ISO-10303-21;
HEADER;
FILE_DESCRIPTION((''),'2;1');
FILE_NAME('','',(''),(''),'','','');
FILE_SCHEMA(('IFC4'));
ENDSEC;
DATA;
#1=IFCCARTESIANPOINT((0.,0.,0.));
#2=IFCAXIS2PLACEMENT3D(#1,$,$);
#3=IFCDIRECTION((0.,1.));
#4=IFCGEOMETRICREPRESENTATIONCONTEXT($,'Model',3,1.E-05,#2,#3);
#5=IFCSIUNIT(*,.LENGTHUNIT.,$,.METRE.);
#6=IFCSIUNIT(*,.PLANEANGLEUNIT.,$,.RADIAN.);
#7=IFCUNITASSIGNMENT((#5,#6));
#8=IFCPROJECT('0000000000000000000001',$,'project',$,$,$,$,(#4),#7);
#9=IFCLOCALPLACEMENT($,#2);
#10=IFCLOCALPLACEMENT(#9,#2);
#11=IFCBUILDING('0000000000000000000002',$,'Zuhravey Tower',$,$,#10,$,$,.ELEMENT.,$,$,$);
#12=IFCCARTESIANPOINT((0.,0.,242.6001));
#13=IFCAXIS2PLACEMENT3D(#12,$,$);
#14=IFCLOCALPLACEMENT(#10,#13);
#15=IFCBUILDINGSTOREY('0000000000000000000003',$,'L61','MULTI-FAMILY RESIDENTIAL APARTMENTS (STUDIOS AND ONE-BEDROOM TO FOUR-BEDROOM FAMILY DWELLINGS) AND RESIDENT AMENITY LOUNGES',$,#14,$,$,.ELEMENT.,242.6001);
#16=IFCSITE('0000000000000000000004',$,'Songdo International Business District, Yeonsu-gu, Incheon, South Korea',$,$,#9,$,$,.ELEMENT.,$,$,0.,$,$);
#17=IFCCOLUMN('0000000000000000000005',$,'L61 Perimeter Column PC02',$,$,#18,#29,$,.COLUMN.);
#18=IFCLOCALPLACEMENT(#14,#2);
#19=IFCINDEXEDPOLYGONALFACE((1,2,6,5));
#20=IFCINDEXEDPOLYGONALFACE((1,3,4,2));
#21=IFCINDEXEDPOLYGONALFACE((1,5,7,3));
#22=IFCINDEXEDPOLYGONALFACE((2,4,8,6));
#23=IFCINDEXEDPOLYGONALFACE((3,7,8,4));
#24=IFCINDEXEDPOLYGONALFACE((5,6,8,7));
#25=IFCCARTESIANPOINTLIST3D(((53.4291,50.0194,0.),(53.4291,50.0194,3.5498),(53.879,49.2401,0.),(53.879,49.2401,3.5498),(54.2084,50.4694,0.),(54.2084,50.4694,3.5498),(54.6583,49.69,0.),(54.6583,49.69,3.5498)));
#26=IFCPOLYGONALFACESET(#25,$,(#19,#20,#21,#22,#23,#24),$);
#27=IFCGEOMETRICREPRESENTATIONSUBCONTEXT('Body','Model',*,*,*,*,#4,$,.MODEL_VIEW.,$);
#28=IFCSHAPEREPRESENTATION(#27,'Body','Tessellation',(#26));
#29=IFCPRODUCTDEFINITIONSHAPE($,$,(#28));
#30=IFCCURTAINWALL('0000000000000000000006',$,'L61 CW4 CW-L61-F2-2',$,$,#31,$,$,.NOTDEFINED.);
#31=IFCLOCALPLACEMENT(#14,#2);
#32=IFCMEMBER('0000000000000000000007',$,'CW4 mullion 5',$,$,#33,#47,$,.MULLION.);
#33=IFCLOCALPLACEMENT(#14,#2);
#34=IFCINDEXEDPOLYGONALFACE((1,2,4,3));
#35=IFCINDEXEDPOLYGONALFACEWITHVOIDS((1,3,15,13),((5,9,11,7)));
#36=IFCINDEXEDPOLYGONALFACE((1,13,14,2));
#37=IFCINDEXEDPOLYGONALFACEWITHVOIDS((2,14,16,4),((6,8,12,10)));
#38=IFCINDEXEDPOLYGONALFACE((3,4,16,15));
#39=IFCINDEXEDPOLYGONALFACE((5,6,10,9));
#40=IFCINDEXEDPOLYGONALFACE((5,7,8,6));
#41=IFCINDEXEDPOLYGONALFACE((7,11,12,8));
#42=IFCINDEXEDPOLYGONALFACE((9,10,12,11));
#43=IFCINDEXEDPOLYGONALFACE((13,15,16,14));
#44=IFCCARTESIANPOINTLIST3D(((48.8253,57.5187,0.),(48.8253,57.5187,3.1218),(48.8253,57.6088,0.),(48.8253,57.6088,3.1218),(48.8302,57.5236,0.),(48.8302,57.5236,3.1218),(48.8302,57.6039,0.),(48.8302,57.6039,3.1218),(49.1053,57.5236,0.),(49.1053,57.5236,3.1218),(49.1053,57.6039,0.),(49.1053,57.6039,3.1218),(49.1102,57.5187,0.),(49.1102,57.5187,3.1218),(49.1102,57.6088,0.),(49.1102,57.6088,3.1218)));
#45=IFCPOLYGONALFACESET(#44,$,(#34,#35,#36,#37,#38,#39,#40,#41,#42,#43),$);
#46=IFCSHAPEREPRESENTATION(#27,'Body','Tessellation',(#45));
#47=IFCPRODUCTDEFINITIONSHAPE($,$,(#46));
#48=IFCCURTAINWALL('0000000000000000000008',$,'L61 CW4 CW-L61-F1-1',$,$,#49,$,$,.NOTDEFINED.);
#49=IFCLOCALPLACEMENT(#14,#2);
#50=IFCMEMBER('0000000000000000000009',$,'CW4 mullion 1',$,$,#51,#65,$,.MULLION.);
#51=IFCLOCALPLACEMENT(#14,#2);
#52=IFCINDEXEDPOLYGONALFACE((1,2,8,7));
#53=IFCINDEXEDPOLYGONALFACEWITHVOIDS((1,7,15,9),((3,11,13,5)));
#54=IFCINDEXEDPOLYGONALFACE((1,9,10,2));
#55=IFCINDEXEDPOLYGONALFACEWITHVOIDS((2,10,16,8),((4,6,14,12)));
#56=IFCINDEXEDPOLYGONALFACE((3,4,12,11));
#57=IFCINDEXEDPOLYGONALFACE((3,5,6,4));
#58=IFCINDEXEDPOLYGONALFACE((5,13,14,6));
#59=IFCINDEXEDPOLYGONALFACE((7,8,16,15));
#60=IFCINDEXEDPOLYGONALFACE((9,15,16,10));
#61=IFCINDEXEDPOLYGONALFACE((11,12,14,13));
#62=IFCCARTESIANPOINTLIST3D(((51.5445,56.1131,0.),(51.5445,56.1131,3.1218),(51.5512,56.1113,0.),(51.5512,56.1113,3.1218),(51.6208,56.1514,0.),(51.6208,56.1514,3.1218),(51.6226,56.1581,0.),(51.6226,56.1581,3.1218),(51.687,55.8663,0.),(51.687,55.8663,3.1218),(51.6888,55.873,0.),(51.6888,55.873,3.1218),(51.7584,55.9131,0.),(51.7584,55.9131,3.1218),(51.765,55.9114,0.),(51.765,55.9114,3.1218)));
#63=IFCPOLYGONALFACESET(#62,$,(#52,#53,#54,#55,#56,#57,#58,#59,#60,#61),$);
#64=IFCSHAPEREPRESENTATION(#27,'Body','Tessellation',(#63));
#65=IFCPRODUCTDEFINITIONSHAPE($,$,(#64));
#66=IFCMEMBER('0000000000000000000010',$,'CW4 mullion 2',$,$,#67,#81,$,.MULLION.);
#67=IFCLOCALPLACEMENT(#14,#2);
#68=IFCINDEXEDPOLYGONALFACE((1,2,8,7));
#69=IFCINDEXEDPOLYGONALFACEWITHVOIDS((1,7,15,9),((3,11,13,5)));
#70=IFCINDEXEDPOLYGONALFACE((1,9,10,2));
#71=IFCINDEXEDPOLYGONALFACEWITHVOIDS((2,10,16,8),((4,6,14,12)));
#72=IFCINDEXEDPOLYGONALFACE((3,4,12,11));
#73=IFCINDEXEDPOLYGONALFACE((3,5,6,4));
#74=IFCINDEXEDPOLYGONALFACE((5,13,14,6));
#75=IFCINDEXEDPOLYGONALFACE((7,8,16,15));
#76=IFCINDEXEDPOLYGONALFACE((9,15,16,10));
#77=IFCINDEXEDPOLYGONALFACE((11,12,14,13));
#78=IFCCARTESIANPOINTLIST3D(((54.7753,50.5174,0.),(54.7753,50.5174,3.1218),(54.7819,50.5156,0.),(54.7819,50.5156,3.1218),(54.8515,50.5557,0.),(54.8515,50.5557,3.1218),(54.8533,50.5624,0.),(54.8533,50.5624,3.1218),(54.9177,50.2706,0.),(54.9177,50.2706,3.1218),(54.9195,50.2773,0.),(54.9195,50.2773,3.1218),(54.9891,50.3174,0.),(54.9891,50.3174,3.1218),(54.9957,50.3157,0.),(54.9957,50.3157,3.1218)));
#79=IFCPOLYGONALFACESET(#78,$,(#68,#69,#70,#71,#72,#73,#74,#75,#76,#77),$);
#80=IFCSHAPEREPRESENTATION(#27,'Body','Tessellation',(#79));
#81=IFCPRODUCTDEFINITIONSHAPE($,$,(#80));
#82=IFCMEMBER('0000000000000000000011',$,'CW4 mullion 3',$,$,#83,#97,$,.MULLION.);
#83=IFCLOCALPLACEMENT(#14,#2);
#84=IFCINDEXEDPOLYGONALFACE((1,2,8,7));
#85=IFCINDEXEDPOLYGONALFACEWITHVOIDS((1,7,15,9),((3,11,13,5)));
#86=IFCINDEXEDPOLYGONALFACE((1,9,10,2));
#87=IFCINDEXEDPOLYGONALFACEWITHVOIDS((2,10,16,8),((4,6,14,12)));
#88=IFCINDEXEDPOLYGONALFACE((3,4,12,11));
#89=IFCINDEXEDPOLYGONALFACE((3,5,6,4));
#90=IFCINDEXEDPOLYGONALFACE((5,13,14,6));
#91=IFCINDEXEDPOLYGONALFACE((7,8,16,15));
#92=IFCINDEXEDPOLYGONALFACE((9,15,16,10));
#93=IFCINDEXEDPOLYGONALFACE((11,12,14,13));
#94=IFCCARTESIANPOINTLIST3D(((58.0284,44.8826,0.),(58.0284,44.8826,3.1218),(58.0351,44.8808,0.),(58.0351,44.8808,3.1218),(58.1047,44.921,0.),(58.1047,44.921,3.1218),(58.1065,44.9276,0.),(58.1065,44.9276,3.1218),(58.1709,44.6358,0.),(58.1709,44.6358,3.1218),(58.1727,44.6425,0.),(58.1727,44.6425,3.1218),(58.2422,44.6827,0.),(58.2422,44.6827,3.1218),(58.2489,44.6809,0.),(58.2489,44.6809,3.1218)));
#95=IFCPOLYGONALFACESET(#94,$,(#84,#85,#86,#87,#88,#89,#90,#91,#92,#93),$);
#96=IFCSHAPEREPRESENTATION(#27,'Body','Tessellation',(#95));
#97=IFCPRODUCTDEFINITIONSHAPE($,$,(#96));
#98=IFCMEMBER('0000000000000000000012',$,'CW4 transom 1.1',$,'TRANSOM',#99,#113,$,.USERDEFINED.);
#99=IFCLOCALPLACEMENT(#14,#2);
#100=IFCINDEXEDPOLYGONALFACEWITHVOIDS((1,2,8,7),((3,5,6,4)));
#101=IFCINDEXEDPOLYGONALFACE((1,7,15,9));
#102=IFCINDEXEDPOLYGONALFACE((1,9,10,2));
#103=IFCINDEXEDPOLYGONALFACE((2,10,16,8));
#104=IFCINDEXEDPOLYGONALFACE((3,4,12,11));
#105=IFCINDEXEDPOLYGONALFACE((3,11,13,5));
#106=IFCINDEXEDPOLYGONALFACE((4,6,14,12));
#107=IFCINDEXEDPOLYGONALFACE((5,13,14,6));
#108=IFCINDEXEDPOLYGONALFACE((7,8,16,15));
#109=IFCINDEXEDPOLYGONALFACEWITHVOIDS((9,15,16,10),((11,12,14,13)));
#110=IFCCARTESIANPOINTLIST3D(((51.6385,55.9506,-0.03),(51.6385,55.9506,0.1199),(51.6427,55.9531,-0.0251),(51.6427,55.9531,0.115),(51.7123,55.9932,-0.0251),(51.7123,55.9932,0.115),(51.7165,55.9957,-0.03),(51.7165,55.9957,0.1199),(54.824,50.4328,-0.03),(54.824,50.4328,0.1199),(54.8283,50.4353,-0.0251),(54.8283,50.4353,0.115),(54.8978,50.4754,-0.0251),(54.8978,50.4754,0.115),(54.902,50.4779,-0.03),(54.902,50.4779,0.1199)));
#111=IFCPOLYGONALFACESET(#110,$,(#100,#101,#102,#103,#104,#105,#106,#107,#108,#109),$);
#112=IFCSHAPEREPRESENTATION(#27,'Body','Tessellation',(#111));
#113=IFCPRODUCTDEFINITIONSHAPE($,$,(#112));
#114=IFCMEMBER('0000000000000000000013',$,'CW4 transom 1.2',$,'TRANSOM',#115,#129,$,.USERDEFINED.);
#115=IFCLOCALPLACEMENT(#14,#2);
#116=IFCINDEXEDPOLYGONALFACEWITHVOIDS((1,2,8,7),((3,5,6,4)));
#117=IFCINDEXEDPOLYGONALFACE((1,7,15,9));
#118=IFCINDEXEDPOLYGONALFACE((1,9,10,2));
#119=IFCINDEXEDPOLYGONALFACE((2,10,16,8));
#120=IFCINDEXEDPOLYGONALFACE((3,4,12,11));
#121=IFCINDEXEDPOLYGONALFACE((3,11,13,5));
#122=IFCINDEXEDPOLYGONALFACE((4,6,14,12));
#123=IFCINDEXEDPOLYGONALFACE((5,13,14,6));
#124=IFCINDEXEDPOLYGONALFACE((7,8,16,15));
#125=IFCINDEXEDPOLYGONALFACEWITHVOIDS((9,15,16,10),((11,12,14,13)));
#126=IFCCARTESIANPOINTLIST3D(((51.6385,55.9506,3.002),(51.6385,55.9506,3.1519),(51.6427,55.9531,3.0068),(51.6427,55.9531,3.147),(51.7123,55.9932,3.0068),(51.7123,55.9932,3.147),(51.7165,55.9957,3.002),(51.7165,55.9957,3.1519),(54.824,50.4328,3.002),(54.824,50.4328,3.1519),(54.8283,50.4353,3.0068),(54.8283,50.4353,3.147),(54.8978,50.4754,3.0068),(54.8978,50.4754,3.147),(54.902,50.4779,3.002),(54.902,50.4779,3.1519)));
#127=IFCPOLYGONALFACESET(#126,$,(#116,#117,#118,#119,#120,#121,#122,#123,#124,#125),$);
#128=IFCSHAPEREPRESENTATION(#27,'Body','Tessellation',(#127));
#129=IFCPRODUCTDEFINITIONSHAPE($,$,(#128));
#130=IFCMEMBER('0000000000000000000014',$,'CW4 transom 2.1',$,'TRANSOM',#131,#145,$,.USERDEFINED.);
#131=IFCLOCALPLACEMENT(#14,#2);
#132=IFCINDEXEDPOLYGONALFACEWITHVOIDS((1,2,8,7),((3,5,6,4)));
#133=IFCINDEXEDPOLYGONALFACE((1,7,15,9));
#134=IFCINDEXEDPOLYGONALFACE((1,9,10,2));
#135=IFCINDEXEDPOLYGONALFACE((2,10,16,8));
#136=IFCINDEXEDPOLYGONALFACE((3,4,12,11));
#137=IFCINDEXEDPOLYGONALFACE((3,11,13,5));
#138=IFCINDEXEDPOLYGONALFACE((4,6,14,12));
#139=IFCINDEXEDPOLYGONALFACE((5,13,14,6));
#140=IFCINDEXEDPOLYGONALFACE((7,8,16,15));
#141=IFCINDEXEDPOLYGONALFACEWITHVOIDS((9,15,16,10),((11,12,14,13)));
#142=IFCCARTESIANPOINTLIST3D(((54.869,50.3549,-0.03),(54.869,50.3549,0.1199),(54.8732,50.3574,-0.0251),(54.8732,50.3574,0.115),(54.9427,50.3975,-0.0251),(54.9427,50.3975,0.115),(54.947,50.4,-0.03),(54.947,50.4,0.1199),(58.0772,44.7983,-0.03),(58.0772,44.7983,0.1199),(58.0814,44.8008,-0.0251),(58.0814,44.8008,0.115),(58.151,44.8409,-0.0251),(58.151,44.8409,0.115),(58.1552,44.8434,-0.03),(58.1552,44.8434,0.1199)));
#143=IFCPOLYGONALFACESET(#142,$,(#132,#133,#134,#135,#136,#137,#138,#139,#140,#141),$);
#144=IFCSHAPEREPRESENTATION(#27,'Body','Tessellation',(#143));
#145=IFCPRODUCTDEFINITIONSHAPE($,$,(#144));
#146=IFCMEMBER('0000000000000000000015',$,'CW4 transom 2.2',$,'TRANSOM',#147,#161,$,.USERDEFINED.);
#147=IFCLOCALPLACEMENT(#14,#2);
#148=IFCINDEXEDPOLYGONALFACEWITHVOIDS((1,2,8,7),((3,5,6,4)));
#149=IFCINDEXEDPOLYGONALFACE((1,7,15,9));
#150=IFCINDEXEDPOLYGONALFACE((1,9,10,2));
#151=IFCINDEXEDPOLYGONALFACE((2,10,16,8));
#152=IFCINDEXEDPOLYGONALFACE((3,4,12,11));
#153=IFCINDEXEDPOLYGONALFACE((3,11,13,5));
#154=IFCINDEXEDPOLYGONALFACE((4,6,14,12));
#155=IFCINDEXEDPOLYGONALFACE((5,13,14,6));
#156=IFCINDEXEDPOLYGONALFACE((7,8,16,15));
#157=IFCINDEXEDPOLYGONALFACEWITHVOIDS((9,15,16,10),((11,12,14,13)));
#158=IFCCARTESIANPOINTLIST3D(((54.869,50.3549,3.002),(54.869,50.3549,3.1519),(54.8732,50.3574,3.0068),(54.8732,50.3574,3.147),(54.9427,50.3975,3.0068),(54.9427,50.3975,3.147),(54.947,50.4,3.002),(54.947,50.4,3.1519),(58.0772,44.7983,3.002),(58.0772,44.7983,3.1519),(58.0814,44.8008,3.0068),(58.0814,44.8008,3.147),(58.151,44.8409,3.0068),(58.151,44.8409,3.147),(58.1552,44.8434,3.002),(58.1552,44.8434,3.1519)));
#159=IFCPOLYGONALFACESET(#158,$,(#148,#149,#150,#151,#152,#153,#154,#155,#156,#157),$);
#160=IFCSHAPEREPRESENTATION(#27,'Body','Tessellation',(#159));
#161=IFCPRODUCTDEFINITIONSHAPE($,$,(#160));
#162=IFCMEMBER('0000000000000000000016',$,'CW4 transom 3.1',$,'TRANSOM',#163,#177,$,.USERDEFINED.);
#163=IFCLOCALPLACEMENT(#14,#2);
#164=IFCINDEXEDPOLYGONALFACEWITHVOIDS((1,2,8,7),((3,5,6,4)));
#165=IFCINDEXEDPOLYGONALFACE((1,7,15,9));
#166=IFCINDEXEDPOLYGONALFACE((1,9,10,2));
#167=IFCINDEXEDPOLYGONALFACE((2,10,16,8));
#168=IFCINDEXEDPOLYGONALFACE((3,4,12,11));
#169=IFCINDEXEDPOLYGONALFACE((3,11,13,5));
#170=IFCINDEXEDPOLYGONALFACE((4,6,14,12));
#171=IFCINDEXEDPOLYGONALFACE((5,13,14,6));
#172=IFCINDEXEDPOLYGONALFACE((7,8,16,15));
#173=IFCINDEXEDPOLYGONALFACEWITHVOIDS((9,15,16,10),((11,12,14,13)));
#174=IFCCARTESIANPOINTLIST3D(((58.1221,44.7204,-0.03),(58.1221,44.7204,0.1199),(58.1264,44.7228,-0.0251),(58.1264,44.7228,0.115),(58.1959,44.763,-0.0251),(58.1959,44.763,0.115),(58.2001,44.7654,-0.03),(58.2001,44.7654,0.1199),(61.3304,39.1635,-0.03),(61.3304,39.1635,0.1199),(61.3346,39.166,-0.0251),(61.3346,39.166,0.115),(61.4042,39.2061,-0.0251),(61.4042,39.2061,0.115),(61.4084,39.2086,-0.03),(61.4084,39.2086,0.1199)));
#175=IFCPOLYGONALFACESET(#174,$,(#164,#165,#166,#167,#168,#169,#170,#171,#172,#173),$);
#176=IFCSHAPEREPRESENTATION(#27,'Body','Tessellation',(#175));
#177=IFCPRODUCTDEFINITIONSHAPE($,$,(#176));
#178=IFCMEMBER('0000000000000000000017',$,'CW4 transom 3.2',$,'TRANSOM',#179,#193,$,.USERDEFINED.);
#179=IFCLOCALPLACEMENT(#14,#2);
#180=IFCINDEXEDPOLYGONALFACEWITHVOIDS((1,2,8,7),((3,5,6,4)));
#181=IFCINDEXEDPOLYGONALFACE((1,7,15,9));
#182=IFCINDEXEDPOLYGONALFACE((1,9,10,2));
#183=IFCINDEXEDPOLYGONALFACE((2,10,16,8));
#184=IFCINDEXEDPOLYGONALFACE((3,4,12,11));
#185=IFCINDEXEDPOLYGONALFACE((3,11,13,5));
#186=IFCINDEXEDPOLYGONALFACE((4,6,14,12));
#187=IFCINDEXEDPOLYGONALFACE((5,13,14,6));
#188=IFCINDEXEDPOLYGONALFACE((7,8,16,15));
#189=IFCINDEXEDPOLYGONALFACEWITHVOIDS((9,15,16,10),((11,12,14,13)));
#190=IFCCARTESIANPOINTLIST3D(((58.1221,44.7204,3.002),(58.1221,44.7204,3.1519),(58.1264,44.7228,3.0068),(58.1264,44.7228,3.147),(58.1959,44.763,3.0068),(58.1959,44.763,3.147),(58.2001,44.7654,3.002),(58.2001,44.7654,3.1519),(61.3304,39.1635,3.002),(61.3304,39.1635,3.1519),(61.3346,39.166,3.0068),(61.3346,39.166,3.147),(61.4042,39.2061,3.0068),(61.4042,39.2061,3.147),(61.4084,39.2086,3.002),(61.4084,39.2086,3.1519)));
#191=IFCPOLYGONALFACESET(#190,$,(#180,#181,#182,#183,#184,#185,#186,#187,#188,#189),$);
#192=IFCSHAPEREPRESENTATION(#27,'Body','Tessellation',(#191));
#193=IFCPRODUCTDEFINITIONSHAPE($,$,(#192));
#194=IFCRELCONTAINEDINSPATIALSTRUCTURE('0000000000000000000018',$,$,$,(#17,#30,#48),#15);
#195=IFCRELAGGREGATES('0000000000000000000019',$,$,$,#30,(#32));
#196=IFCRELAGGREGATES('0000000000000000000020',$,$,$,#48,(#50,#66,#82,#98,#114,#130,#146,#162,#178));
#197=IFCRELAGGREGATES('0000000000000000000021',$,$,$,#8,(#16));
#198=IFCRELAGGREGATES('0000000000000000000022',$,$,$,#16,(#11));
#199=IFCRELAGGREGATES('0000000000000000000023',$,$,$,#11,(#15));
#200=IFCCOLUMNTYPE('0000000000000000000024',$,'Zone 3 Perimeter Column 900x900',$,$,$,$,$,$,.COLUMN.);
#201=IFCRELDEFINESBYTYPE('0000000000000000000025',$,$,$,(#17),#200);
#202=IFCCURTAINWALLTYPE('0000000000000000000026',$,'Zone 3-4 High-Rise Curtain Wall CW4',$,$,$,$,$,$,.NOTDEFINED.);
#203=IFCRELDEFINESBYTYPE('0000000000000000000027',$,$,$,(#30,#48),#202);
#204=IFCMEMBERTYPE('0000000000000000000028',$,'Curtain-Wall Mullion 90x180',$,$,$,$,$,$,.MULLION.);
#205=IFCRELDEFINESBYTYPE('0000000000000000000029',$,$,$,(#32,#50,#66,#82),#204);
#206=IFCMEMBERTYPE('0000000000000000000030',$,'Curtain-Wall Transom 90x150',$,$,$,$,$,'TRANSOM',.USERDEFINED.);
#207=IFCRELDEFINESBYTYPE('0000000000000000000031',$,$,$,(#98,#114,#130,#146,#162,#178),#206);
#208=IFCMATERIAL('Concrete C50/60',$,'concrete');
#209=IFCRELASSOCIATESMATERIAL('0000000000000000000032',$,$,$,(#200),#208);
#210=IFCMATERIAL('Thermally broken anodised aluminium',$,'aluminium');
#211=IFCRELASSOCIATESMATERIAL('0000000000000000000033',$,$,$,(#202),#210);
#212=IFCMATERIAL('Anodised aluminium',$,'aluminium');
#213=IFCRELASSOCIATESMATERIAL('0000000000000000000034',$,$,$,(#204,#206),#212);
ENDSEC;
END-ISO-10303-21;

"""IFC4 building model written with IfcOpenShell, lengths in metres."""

from ifc_helpers import new_model, si_unit, direction, frame, origin, origin_2d, place, context, subcontext, project, spatial, rectangle, hollow_rectangle, extrude, material, material_profile, profile_set, type_object, element, aggregate, save


model = new_model("IFC4")

# Units and contexts
model_context = context("Model", 3, precision=1e-05, world=origin(), true_north=direction((0.0, 1.0)))
body_context = subcontext(model_context, "Body", "Model", "MODEL_VIEW")
ifc_project = project(units=[si_unit("LENGTHUNIT", "METRE"), si_unit("PLANEANGLEUNIT", "RADIAN")], contexts=[model_context])

# Site, building, storey
site_placement = place(None, origin())
site = spatial("IfcSite", under=ifc_project, at=site_placement, Name="Songdo International Business District, Yeonsu-gu, Incheon, South Korea", CompositionType="ELEMENT", RefElevation=0.0)
building_placement = place(site_placement, origin())
building = spatial("IfcBuilding", under=site, at=building_placement, Name="Zuhravey Tower", CompositionType="ELEMENT")
storey_placement = place(building_placement, frame((0.0, 0.0, 242.6001)))
storey = spatial("IfcBuildingStorey", under=building, at=storey_placement, Name="L61", Description="MULTI-FAMILY RESIDENTIAL APARTMENTS (STUDIOS AND ONE-BEDROOM TO FOUR-BEDROOM FAMILY DWELLINGS) AND RESIDENT AMENITY LOUNGES", CompositionType="ELEMENT", Elevation=242.6001)

# Column
ifc_material_1 = material(Name="Concrete C50/60", Category="concrete")
ifc_material_profile_1 = material_profile(ifc_material_1, rectangle(XDim=0.8999, YDim=0.8999, at=origin_2d()), Name="RC-900x900")
ifc_profile_set_1 = profile_set([ifc_material_profile_1], Name="Concrete C50/60")
column_type = type_object("IfcColumnType", Name="Zone 3 Perimeter Column 900x900", PredefinedType="COLUMN", material=ifc_profile_set_1)
column_placement = place(storey_placement, frame((54.0437, 49.8547, 0.0), z_axis=(0.0, 0.0, 1.0), x_axis=(-0.5, 0.866025, 0.0)))
element("IfcColumn", 1, at=column_placement, inside=storey, type_object=column_type, Name="L61 Perimeter Column PC02", PredefinedType="COLUMN", context=body_context, shape_type="SweptSolid", body=[
    extrude(rectangle(XDim=0.8999, YDim=0.8999, at=origin_2d()), origin(), (0.0, 0.0, 1.0), 3.5498),
])

# Curtain wall, member
ifc_material_2 = material(Name="Thermally broken anodised aluminium", Category="aluminium")
curtain_wall_type = type_object("IfcCurtainWallType", Name="Zone 3-4 High-Rise Curtain Wall CW4", PredefinedType="NOTDEFINED", material=ifc_material_2)
curtain_wall_1_placement = place(storey_placement, origin())
curtain_wall_1 = element("IfcCurtainWall", 2, at=curtain_wall_1_placement, inside=storey, type_object=curtain_wall_type, Name="L61 CW4 CW-L61-F2-2", PredefinedType="NOTDEFINED")
ifc_material_3 = material(Name="Anodised aluminium", Category="aluminium")
ifc_material_profile_2 = material_profile(ifc_material_3, hollow_rectangle(XDim=0.0901, YDim=0.2849, WallThickness=0.0049, at=origin_2d()), Name="ALU-RHS-90x285x5")
ifc_profile_set_2 = profile_set([ifc_material_profile_2], Name="Anodised aluminium")
member_type_1 = type_object("IfcMemberType", Name="Curtain-Wall Mullion 90x180", PredefinedType="MULLION", material=ifc_profile_set_2)
member_1_placement = place(storey_placement, frame((48.9678, 57.5637, 0.0), z_axis=(0.0, 0.0, 1.0), x_axis=(0.0, 1.0, 0.0)))
member_1 = element("IfcMember", 3, at=member_1_placement, type_object=member_type_1, Name="CW4 mullion 5", PredefinedType="MULLION", context=body_context, shape_type="SweptSolid", body=[
    extrude(hollow_rectangle(XDim=0.0901, YDim=0.2849, WallThickness=0.0049, at=origin_2d()), origin(), (0.0, 0.0, 1.0), 3.1218),
])

# Curtain wall, members
curtain_wall_2_placement = place(storey_placement, origin())
curtain_wall_2 = element("IfcCurtainWall", 4, at=curtain_wall_2_placement, inside=storey, type_object=curtain_wall_type, Name="L61 CW4 CW-L61-F1-1", PredefinedType="NOTDEFINED")
member_2_placement = place(storey_placement, frame((51.6548, 56.0122, 0.0), z_axis=(0.0, 0.0, 1.0), x_axis=(0.866025, 0.500001, 0.0)))
member_2 = element("IfcMember", 5, at=member_2_placement, type_object=member_type_1, Name="CW4 mullion 1", PredefinedType="MULLION", context=body_context, shape_type="SweptSolid", body=[
    extrude(hollow_rectangle(XDim=0.0901, YDim=0.2849, WallThickness=0.0049, at=origin_2d()), origin(), (0.0, 0.0, 1.0), 3.1218),
])
member_3_placement = place(storey_placement, frame((54.8855, 50.4165, 0.0), z_axis=(0.0, 0.0, 1.0), x_axis=(0.866025, 0.500001, 0.0)))
member_3 = element("IfcMember", 6, at=member_3_placement, type_object=member_type_1, Name="CW4 mullion 2", PredefinedType="MULLION", context=body_context, shape_type="SweptSolid", body=[
    extrude(hollow_rectangle(XDim=0.0901, YDim=0.2849, WallThickness=0.0049, at=origin_2d()), origin(), (0.0, 0.0, 1.0), 3.1218),
])
member_4_placement = place(storey_placement, frame((58.1387, 44.7817, 0.0), z_axis=(0.0, 0.0, 1.0), x_axis=(0.866025, 0.500001, 0.0)))
member_4 = element("IfcMember", 7, at=member_4_placement, type_object=member_type_1, Name="CW4 mullion 3", PredefinedType="MULLION", context=body_context, shape_type="SweptSolid", body=[
    extrude(hollow_rectangle(XDim=0.0901, YDim=0.2849, WallThickness=0.0049, at=origin_2d()), origin(), (0.0, 0.0, 1.0), 3.1218),
])
ifc_material_profile_3 = material_profile(ifc_material_3, hollow_rectangle(XDim=0.0901, YDim=0.1499, WallThickness=0.0049, at=origin_2d()), Name="ALU-RHS-90x150x5")
ifc_profile_set_3 = profile_set([ifc_material_profile_3], Name="Anodised aluminium")
member_type_2 = type_object("IfcMemberType", Name="Curtain-Wall Transom 90x150", ElementType="TRANSOM", PredefinedType="USERDEFINED", material=ifc_profile_set_3)
member_5_placement = place(storey_placement, frame((51.6775, 55.9731, 0.0449), z_axis=(0.49998, -0.866037, 0.0), x_axis=(0.866037, 0.49998, 0.0)))
member_5 = element("IfcMember", 8, at=member_5_placement, type_object=member_type_2, Name="CW4 transom 1.1", ObjectType="TRANSOM", PredefinedType="USERDEFINED", context=body_context, shape_type="SweptSolid", body=[
    extrude(hollow_rectangle(XDim=0.0901, YDim=0.1499, WallThickness=0.0049, at=origin_2d()), origin(), (0.0, 0.0, 1.0), 6.3713),
])
member_6_placement = place(storey_placement, frame((51.6775, 55.9731, 3.0769), z_axis=(0.49998, -0.866037, 0.0), x_axis=(0.866037, 0.49998, 0.0)))
member_6 = element("IfcMember", 9, at=member_6_placement, type_object=member_type_2, Name="CW4 transom 1.2", ObjectType="TRANSOM", PredefinedType="USERDEFINED", context=body_context, shape_type="SweptSolid", body=[
    extrude(hollow_rectangle(XDim=0.0901, YDim=0.1499, WallThickness=0.0049, at=origin_2d()), origin(), (0.0, 0.0, 1.0), 6.3713),
])
member_7_placement = place(storey_placement, frame((54.908, 50.3774, 0.0449), z_axis=(0.500014, -0.866017, 0.0), x_axis=(0.866017, 0.500014, 0.0)))
member_7 = element("IfcMember", 10, at=member_7_placement, type_object=member_type_2, Name="CW4 transom 2.1", ObjectType="TRANSOM", PredefinedType="USERDEFINED", context=body_context, shape_type="SweptSolid", body=[
    extrude(hollow_rectangle(XDim=0.0901, YDim=0.1499, WallThickness=0.0049, at=origin_2d()), origin(), (0.0, 0.0, 1.0), 6.4163),
])
member_8_placement = place(storey_placement, frame((54.908, 50.3774, 3.0769), z_axis=(0.500014, -0.866017, 0.0), x_axis=(0.866017, 0.500014, 0.0)))
member_8 = element("IfcMember", 11, at=member_8_placement, type_object=member_type_2, Name="CW4 transom 2.2", ObjectType="TRANSOM", PredefinedType="USERDEFINED", context=body_context, shape_type="SweptSolid", body=[
    extrude(hollow_rectangle(XDim=0.0901, YDim=0.1499, WallThickness=0.0049, at=origin_2d()), origin(), (0.0, 0.0, 1.0), 6.4163),
])
member_9_placement = place(storey_placement, frame((58.1611, 44.7429, 0.0449), z_axis=(0.499998, -0.866027, 0.0), x_axis=(0.866027, 0.499998, 0.0)))
member_9 = element("IfcMember", 12, at=member_9_placement, type_object=member_type_2, Name="CW4 transom 3.1", ObjectType="TRANSOM", PredefinedType="USERDEFINED", context=body_context, shape_type="SweptSolid", body=[
    extrude(hollow_rectangle(XDim=0.0901, YDim=0.1499, WallThickness=0.0049, at=origin_2d()), origin(), (0.0, 0.0, 1.0), 6.4165),
])
member_10_placement = place(storey_placement, frame((58.1611, 44.7429, 3.0769), z_axis=(0.499998, -0.866027, 0.0), x_axis=(0.866027, 0.499998, 0.0)))
member_10 = element("IfcMember", 13, at=member_10_placement, type_object=member_type_2, Name="CW4 transom 3.2", ObjectType="TRANSOM", PredefinedType="USERDEFINED", context=body_context, shape_type="SweptSolid", body=[
    extrude(hollow_rectangle(XDim=0.0901, YDim=0.1499, WallThickness=0.0049, at=origin_2d()), origin(), (0.0, 0.0, 1.0), 6.4165),
])

aggregate(curtain_wall_1, [member_1])
aggregate(curtain_wall_2, [member_2, member_3, member_4, member_5, member_6, member_7, member_8, member_9, member_10])

save(model, "model.ifc")
